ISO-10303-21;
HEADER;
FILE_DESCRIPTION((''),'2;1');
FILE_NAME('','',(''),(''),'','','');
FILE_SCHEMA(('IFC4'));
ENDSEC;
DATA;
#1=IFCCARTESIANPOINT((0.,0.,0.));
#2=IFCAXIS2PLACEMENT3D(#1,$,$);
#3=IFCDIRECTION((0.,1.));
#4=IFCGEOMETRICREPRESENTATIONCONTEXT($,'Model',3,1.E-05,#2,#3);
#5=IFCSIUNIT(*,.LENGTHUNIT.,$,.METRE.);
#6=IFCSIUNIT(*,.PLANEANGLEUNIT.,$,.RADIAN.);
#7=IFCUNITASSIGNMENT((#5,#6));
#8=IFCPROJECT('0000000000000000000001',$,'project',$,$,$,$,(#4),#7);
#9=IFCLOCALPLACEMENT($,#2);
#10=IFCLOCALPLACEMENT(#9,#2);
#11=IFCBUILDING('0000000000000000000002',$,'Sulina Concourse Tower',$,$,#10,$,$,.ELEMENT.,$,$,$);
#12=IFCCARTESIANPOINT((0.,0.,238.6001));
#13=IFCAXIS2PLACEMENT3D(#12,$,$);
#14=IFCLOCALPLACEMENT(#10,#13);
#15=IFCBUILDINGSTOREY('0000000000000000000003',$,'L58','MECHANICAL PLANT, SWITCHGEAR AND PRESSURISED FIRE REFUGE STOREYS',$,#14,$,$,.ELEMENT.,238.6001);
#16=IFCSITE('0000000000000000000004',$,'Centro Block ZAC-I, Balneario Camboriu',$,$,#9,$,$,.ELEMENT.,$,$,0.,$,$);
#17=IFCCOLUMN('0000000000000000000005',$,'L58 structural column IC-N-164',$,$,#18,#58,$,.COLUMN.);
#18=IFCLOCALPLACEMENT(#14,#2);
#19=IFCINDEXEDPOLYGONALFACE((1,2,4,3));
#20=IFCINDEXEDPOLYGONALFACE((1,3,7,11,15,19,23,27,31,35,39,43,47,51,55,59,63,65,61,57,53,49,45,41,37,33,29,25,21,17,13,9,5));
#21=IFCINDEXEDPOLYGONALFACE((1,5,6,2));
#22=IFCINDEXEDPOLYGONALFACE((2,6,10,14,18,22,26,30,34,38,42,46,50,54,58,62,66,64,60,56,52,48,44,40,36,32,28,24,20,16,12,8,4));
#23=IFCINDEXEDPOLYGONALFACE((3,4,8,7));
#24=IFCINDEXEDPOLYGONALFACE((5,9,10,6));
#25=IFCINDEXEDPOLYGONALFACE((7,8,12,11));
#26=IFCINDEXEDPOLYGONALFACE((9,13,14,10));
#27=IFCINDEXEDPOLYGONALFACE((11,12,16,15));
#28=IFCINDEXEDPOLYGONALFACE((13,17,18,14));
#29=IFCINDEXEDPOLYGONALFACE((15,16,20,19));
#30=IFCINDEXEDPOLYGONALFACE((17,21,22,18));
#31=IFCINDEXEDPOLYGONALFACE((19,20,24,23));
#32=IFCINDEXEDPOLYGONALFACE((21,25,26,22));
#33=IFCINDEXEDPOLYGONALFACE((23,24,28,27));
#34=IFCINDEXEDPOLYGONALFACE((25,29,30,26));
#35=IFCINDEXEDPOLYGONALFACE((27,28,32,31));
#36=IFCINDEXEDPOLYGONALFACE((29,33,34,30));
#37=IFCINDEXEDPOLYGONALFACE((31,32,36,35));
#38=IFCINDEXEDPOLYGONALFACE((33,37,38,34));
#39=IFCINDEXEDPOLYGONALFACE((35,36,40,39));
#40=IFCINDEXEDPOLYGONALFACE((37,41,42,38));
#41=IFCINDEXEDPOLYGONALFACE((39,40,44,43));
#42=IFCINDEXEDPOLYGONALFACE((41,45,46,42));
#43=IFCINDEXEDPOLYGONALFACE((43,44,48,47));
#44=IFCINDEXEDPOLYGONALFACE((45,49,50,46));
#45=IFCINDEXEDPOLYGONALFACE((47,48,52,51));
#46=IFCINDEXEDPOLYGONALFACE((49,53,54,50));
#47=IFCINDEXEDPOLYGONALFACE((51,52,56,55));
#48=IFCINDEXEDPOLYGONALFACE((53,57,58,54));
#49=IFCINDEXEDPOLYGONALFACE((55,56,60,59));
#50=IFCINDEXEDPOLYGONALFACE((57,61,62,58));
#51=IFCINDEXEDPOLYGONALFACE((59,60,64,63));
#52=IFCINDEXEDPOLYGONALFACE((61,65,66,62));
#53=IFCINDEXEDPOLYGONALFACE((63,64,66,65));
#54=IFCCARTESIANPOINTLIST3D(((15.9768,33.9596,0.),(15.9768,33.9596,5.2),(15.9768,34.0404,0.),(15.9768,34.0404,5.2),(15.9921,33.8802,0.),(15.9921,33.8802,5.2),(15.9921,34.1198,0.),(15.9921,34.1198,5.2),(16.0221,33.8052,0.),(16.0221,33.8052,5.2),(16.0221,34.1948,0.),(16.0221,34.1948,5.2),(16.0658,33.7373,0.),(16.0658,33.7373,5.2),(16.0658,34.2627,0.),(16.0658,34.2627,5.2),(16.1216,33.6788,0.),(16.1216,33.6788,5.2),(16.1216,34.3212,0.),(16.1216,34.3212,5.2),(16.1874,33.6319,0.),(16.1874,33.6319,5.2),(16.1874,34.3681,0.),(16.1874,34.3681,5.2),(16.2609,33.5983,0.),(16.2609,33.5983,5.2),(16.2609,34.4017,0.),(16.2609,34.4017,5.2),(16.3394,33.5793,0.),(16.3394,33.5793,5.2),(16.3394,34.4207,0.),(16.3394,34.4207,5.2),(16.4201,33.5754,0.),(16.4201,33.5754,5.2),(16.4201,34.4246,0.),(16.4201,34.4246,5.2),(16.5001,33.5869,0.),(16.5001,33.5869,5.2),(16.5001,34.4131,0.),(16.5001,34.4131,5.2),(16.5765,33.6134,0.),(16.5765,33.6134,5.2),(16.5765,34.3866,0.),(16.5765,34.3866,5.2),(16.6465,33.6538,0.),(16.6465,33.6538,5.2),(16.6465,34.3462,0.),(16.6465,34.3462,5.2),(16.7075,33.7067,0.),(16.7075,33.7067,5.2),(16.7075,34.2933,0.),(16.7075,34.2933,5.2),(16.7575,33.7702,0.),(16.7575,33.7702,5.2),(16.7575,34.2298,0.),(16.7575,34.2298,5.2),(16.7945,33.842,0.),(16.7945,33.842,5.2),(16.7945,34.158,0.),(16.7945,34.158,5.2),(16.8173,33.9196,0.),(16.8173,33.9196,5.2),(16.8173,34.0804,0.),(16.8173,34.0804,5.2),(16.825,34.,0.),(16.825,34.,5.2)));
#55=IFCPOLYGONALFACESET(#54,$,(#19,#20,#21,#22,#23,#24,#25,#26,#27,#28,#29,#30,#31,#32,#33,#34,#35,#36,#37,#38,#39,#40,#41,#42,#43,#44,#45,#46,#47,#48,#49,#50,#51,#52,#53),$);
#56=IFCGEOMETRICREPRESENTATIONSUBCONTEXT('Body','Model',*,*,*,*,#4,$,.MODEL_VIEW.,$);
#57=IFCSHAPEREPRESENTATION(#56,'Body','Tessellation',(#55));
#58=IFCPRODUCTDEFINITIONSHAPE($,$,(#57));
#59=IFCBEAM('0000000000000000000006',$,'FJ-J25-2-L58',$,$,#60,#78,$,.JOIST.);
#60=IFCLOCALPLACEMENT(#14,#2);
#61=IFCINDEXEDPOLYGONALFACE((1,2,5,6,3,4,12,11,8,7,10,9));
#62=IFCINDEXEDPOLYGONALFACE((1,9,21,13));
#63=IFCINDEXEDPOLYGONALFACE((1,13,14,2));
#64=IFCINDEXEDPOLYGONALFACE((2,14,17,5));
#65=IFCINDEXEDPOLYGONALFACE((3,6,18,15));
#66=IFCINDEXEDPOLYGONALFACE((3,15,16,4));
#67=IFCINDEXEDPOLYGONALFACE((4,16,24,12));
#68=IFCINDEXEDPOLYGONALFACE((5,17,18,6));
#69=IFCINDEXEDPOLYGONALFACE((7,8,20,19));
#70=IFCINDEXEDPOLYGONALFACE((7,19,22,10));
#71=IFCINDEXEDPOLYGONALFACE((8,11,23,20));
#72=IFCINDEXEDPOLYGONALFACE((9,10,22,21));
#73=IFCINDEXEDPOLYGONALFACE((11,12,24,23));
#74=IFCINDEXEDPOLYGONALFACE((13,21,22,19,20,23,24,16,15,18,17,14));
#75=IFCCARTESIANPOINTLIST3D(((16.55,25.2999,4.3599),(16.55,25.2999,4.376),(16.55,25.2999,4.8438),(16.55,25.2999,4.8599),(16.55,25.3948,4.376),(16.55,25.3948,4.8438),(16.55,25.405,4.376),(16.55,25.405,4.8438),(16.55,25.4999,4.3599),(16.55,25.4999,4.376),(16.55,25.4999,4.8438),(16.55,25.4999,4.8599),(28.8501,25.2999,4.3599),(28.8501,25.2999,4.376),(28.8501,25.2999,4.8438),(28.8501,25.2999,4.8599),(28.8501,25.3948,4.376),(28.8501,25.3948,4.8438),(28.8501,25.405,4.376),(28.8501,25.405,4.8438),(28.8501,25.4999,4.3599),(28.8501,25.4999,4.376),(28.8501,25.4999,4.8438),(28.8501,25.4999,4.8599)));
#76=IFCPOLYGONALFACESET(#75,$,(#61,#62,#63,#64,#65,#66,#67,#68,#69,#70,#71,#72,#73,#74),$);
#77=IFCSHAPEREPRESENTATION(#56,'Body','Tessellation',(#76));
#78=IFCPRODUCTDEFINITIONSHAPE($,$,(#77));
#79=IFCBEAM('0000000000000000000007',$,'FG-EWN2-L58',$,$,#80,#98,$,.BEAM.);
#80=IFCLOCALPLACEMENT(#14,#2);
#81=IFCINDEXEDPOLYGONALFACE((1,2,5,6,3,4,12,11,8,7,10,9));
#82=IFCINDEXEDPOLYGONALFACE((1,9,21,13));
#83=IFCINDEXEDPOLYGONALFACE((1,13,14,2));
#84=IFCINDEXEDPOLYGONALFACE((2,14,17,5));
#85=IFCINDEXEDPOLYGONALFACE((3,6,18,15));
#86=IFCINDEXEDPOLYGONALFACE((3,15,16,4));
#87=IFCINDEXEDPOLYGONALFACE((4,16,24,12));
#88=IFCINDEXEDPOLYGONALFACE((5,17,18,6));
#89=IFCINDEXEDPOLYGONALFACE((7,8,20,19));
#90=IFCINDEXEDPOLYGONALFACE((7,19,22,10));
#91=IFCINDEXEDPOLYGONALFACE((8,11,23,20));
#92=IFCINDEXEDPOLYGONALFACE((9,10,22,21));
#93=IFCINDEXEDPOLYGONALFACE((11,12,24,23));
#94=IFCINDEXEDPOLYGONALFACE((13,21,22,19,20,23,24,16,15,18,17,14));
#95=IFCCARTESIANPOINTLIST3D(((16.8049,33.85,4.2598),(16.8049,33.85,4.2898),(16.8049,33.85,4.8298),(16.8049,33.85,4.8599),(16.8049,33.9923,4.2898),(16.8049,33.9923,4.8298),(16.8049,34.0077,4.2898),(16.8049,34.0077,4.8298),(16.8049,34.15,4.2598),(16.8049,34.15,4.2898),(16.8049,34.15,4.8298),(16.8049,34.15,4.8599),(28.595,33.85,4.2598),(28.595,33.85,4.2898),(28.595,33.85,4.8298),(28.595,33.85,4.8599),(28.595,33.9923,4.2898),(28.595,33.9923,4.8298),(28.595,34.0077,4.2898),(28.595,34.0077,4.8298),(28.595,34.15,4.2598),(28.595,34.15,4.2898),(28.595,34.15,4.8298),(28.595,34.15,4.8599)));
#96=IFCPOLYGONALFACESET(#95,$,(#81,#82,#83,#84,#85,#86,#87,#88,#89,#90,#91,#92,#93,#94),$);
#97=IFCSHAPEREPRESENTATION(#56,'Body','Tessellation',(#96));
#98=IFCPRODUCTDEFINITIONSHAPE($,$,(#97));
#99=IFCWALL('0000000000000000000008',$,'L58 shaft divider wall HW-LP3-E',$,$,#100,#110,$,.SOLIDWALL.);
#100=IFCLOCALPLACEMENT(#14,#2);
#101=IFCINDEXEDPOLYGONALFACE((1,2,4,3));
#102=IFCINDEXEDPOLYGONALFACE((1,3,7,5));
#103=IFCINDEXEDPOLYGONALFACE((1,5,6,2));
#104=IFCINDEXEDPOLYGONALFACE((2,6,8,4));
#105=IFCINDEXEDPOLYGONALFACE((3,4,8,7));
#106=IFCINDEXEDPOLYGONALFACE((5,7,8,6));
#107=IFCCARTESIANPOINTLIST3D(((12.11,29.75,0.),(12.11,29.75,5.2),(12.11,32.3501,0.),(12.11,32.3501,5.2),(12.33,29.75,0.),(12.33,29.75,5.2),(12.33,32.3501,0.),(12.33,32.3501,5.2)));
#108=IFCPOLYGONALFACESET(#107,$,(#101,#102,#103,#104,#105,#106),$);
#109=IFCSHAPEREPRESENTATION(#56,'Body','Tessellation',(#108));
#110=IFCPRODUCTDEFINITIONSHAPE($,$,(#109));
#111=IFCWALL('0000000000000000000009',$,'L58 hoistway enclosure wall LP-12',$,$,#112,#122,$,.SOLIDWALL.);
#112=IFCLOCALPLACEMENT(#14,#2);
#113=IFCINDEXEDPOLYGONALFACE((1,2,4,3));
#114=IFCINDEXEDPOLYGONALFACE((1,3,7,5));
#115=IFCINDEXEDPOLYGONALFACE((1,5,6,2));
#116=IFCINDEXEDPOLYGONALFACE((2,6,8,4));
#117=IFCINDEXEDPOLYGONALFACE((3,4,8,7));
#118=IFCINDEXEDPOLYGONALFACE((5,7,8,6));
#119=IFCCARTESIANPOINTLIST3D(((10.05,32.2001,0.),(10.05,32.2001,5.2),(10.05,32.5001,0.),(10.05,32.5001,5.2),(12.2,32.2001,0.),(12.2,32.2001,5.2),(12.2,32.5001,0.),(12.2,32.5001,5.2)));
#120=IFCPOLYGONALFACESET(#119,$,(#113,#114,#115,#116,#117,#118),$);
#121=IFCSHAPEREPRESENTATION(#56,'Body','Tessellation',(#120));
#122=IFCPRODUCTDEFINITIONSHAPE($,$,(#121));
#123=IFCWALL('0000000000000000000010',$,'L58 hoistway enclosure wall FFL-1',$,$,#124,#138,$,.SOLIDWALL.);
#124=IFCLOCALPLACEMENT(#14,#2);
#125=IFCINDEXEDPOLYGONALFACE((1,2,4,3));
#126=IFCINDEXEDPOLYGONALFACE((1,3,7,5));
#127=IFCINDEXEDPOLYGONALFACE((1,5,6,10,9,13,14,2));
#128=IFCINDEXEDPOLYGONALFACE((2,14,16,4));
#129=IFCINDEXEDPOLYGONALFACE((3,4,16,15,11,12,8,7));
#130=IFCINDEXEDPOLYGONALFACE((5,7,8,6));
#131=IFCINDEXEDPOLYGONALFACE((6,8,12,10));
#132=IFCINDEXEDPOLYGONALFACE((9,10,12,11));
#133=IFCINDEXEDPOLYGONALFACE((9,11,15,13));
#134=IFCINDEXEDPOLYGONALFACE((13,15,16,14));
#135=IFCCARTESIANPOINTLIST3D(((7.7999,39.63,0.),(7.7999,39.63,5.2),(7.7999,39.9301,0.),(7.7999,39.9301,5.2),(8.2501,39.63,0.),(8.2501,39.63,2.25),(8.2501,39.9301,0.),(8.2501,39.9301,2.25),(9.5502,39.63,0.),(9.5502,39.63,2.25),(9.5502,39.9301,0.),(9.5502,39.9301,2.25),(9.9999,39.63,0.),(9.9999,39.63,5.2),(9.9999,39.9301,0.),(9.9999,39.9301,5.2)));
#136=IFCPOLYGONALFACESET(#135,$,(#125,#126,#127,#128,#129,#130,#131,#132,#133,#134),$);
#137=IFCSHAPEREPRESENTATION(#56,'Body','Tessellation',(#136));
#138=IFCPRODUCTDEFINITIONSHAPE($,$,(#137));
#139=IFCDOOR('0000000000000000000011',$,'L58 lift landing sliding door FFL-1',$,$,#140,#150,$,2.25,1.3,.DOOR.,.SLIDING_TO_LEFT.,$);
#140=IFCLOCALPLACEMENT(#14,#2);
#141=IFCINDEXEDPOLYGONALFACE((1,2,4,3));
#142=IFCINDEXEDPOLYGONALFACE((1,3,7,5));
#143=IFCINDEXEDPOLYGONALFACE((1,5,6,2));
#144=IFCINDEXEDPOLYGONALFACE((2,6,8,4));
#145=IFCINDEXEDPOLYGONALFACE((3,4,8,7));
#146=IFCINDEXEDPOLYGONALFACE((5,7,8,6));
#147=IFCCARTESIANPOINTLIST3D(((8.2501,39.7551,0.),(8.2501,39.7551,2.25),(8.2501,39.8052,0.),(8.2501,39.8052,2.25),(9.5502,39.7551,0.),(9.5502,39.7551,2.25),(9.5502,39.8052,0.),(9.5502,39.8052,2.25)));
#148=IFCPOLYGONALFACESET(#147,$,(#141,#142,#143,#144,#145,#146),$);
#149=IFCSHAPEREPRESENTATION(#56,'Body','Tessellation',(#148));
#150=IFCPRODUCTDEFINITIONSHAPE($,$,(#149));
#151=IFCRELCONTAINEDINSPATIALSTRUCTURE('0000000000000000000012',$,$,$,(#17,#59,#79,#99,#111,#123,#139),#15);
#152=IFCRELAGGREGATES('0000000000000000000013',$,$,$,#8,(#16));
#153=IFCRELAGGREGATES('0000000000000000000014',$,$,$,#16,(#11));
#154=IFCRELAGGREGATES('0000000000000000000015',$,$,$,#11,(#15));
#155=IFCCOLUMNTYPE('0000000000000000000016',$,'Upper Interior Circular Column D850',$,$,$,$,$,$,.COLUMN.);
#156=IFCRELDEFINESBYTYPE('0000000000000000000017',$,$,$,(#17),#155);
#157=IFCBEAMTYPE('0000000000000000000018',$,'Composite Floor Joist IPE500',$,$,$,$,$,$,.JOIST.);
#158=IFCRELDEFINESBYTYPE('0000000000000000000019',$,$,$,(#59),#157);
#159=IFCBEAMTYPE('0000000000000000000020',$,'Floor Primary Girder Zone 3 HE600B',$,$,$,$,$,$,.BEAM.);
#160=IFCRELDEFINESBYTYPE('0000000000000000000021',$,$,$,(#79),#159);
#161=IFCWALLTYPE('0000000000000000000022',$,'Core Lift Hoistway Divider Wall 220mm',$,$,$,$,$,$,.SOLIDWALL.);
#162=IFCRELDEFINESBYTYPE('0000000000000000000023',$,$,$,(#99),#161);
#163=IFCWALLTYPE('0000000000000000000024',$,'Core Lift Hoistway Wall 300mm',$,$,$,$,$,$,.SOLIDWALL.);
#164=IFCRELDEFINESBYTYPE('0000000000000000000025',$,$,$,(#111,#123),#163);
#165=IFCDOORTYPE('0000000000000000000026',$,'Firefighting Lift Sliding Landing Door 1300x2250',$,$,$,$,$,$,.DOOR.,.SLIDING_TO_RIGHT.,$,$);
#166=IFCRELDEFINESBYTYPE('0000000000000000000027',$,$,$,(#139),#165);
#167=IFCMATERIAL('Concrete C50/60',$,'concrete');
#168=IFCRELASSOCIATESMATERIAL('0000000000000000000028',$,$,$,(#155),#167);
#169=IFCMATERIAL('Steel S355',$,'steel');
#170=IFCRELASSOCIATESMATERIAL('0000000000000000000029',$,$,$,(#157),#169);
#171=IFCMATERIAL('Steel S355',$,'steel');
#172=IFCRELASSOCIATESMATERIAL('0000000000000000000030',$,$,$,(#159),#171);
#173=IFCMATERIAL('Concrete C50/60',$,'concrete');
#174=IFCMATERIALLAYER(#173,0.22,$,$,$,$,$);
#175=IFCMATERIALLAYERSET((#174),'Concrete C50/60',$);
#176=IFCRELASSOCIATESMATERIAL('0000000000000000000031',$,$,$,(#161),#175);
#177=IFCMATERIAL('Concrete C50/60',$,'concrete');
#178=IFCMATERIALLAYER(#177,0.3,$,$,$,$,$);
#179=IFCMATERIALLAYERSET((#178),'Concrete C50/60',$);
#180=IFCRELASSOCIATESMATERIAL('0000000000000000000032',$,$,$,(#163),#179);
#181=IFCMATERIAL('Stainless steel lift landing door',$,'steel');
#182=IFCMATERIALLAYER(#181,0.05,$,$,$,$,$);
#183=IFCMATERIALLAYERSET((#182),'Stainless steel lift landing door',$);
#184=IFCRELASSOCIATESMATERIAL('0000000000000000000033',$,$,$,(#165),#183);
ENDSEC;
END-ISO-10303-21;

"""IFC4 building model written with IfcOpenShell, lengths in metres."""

from ifc_helpers import new_model, si_unit, direction, frame, frame_2d, origin, origin_2d, place, context, subcontext, project, spatial, rectangle, circle, i_section, extrude, material, layer, layer_set, material_profile, profile_set, type_object, element, fill, save


model = new_model("IFC4")

# Units and contexts
model_context = context("Model", 3, precision=1e-05, world=origin(), true_north=direction((0.0, 1.0)))
body_context = subcontext(model_context, "Body", "Model", "MODEL_VIEW")
ifc_project = project(units=[si_unit("LENGTHUNIT", "METRE"), si_unit("PLANEANGLEUNIT", "RADIAN")], contexts=[model_context])

# Site, building, storey
site_placement = place(None, origin())
site = spatial("IfcSite", under=ifc_project, at=site_placement, Name="Centro Block ZAC-I, Balneario Camboriu", CompositionType="ELEMENT", RefElevation=0.0)
building_placement = place(site_placement, origin())
building = spatial("IfcBuilding", under=site, at=building_placement, Name="Sulina Concourse Tower", CompositionType="ELEMENT")
storey_placement = place(building_placement, frame((0.0, 0.0, 238.6001)))
storey = spatial("IfcBuildingStorey", under=building, at=storey_placement, Name="L58", Description="MECHANICAL PLANT, SWITCHGEAR AND PRESSURISED FIRE REFUGE STOREYS", CompositionType="ELEMENT", Elevation=238.6001)

# Column
ifc_material_1 = material(Name="Concrete C50/60", Category="concrete")
ifc_material_profile_1 = material_profile(ifc_material_1, circle(Radius=0.425, at=origin_2d()), Name="RC D850")
ifc_profile_set_1 = profile_set([ifc_material_profile_1], Name="Concrete C50/60")
column_type = type_object("IfcColumnType", Name="Upper Interior Circular Column D850", PredefinedType="COLUMN", material=ifc_profile_set_1)
column_placement = place(storey_placement, frame((16.3999, 34.0, 0.0), z_axis=(0.0, 0.0, 1.0), x_axis=(1.0, 0.0, 0.0)))
element("IfcColumn", 1, at=column_placement, inside=storey, type_object=column_type, Name="L58 structural column IC-N-164", PredefinedType="COLUMN", context=body_context, shape_type="SweptSolid", body=[
    extrude(circle(Radius=0.425, at=origin_2d()), origin(), (0.0, 0.0, 1.0), 5.2),
])

# Beams
ifc_material_2 = material(Name="Steel S355", Category="steel")
ifc_material_profile_2 = material_profile(ifc_material_2, i_section(OverallWidth=0.2, OverallDepth=0.5, WebThickness=0.0103, FlangeThickness=0.0161, at=origin_2d()), Name="IPE 500")
ifc_profile_set_2 = profile_set([ifc_material_profile_2], Name="Steel S355")
beam_type_1 = type_object("IfcBeamType", Name="Composite Floor Joist IPE500", PredefinedType="JOIST", material=ifc_profile_set_2)
beam_1_placement = place(storey_placement, frame((16.55, 25.3999, 4.6099), z_axis=(1.0, 0.0, 0.0), x_axis=(0.0, 1.0, 0.0)))
element("IfcBeam", 2, at=beam_1_placement, inside=storey, type_object=beam_type_1, Name="FJ-J25-2-L58", PredefinedType="JOIST", context=body_context, shape_type="SweptSolid", body=[
    extrude(i_section(OverallWidth=0.2, OverallDepth=0.5, WebThickness=0.0103, FlangeThickness=0.0161, at=origin_2d()), origin(), (0.0, 0.0, 1.0), 12.3),
])
ifc_material_3 = material(Name="Steel S355", Category="steel")
ifc_material_profile_3 = material_profile(ifc_material_3, i_section(OverallWidth=0.3, OverallDepth=0.6001, WebThickness=0.0154, FlangeThickness=0.03, at=origin_2d()), Name="HE 600 B")
ifc_profile_set_3 = profile_set([ifc_material_profile_3], Name="Steel S355")
beam_type_2 = type_object("IfcBeamType", Name="Floor Primary Girder Zone 3 HE600B", PredefinedType="BEAM", material=ifc_profile_set_3)
beam_2_placement = place(storey_placement, frame((16.8049, 34.0, 4.5598), z_axis=(1.0, 0.0, 0.0), x_axis=(0.0, 1.0, 0.0)))
element("IfcBeam", 3, at=beam_2_placement, inside=storey, type_object=beam_type_2, Name="FG-EWN2-L58", PredefinedType="BEAM", context=body_context, shape_type="SweptSolid", body=[
    extrude(i_section(OverallWidth=0.3, OverallDepth=0.6001, WebThickness=0.0154, FlangeThickness=0.03, at=origin_2d()), origin(), (0.0, 0.0, 1.0), 11.79),
])

# Walls
ifc_material_4 = material(Name="Concrete C50/60", Category="concrete")
ifc_layer_1 = layer(ifc_material_4, 0.22)
ifc_layer_set_1 = layer_set([ifc_layer_1], Name="Concrete C50/60")
wall_type_1 = type_object("IfcWallType", Name="Core Lift Hoistway Divider Wall 220mm", PredefinedType="SOLIDWALL", material=ifc_layer_set_1)
wall_1_placement = place(storey_placement, frame((12.22, 29.75, 0.0), z_axis=(0.0, 0.0, 1.0), x_axis=(0.0, 1.0, 0.0)))
element("IfcWall", 4, at=wall_1_placement, inside=storey, type_object=wall_type_1, Name="L58 shaft divider wall HW-LP3-E", PredefinedType="SOLIDWALL", context=body_context, shape_type="SweptSolid", body=[
    extrude(rectangle(XDim=2.6001, YDim=0.22, at=frame_2d((1.3, 0.0))), origin(), (0.0, 0.0, 1.0), 5.2),
])
ifc_material_5 = material(Name="Concrete C50/60", Category="concrete")
ifc_layer_2 = layer(ifc_material_5, 0.3)
ifc_layer_set_2 = layer_set([ifc_layer_2], Name="Concrete C50/60")
wall_type_2 = type_object("IfcWallType", Name="Core Lift Hoistway Wall 300mm", PredefinedType="SOLIDWALL", material=ifc_layer_set_2)
wall_2_placement = place(storey_placement, frame((10.05, 32.3501, 0.0), z_axis=(0.0, 0.0, 1.0), x_axis=(1.0, 0.0, 0.0)))
element("IfcWall", 5, at=wall_2_placement, inside=storey, type_object=wall_type_2, Name="L58 hoistway enclosure wall LP-12", PredefinedType="SOLIDWALL", context=body_context, shape_type="SweptSolid", body=[
    extrude(rectangle(XDim=2.1499, YDim=0.3, at=frame_2d((1.075, 0.0))), origin(), (0.0, 0.0, 1.0), 5.2),
])

# Wall, opening, door
wall_3_placement = place(storey_placement, frame((10.0, 39.78, 0.0), z_axis=(0.0, 0.0, 1.0), x_axis=(-1.0, 0.0, 0.0)))
wall_3 = element("IfcWall", 6, at=wall_3_placement, inside=storey, type_object=wall_type_2, Name="L58 hoistway enclosure wall FFL-1", PredefinedType="SOLIDWALL", context=body_context, shape_type="SweptSolid", body=[
    extrude(rectangle(XDim=2.2, YDim=0.3, at=frame_2d((1.1001, 0.0))), origin(), (0.0, 0.0, 1.0), 5.2),
])
opening_1_placement = place(wall_3_placement, frame((0.45, 0.0, 0.0)))
opening_1 = element("IfcOpeningElement", 7, at=opening_1_placement, cuts=wall_3, PredefinedType="OPENING", context=body_context, shape_type="SweptSolid", body=[
    extrude(rectangle(XDim=1.3, YDim=2.25, at=frame_2d((0.6499, 1.125))), frame((0.0, 0.1599, 0.0), z_axis=(0.0, -1.0, 0.0), x_axis=(1.0, 0.0, 0.0)), (0.0, 0.0, 1.0), 0.3201),
])
ifc_material_6 = material(Name="Stainless steel lift landing door", Category="steel")
ifc_layer_3 = layer(ifc_material_6, 0.05)
ifc_layer_set_3 = layer_set([ifc_layer_3], Name="Stainless steel lift landing door")
door_type_1 = type_object("IfcDoorType", Name="Firefighting Lift Sliding Landing Door 1300x2250", OperationType="SLIDING_TO_RIGHT", PredefinedType="DOOR", material=ifc_layer_set_3)
door_1_placement = place(opening_1_placement, origin())
door_1 = element("IfcDoor", 8, at=door_1_placement, inside=storey, type_object=door_type_1, Name="L58 lift landing sliding door FFL-1", OperationType="SLIDING_TO_LEFT", OverallHeight=2.25, OverallWidth=1.3, PredefinedType="DOOR", context=body_context, shape_type="SweptSolid", body=[
    extrude(rectangle(XDim=1.3, YDim=2.25, at=frame_2d((0.6499, 1.125))), frame((0.0, 0.0249, 0.0), z_axis=(0.0, -1.0, 0.0), x_axis=(1.0, 0.0, 0.0)), (0.0, 0.0, 1.0), 0.05),
])
fill(opening_1, door_1)

save(model, "model.ifc")
